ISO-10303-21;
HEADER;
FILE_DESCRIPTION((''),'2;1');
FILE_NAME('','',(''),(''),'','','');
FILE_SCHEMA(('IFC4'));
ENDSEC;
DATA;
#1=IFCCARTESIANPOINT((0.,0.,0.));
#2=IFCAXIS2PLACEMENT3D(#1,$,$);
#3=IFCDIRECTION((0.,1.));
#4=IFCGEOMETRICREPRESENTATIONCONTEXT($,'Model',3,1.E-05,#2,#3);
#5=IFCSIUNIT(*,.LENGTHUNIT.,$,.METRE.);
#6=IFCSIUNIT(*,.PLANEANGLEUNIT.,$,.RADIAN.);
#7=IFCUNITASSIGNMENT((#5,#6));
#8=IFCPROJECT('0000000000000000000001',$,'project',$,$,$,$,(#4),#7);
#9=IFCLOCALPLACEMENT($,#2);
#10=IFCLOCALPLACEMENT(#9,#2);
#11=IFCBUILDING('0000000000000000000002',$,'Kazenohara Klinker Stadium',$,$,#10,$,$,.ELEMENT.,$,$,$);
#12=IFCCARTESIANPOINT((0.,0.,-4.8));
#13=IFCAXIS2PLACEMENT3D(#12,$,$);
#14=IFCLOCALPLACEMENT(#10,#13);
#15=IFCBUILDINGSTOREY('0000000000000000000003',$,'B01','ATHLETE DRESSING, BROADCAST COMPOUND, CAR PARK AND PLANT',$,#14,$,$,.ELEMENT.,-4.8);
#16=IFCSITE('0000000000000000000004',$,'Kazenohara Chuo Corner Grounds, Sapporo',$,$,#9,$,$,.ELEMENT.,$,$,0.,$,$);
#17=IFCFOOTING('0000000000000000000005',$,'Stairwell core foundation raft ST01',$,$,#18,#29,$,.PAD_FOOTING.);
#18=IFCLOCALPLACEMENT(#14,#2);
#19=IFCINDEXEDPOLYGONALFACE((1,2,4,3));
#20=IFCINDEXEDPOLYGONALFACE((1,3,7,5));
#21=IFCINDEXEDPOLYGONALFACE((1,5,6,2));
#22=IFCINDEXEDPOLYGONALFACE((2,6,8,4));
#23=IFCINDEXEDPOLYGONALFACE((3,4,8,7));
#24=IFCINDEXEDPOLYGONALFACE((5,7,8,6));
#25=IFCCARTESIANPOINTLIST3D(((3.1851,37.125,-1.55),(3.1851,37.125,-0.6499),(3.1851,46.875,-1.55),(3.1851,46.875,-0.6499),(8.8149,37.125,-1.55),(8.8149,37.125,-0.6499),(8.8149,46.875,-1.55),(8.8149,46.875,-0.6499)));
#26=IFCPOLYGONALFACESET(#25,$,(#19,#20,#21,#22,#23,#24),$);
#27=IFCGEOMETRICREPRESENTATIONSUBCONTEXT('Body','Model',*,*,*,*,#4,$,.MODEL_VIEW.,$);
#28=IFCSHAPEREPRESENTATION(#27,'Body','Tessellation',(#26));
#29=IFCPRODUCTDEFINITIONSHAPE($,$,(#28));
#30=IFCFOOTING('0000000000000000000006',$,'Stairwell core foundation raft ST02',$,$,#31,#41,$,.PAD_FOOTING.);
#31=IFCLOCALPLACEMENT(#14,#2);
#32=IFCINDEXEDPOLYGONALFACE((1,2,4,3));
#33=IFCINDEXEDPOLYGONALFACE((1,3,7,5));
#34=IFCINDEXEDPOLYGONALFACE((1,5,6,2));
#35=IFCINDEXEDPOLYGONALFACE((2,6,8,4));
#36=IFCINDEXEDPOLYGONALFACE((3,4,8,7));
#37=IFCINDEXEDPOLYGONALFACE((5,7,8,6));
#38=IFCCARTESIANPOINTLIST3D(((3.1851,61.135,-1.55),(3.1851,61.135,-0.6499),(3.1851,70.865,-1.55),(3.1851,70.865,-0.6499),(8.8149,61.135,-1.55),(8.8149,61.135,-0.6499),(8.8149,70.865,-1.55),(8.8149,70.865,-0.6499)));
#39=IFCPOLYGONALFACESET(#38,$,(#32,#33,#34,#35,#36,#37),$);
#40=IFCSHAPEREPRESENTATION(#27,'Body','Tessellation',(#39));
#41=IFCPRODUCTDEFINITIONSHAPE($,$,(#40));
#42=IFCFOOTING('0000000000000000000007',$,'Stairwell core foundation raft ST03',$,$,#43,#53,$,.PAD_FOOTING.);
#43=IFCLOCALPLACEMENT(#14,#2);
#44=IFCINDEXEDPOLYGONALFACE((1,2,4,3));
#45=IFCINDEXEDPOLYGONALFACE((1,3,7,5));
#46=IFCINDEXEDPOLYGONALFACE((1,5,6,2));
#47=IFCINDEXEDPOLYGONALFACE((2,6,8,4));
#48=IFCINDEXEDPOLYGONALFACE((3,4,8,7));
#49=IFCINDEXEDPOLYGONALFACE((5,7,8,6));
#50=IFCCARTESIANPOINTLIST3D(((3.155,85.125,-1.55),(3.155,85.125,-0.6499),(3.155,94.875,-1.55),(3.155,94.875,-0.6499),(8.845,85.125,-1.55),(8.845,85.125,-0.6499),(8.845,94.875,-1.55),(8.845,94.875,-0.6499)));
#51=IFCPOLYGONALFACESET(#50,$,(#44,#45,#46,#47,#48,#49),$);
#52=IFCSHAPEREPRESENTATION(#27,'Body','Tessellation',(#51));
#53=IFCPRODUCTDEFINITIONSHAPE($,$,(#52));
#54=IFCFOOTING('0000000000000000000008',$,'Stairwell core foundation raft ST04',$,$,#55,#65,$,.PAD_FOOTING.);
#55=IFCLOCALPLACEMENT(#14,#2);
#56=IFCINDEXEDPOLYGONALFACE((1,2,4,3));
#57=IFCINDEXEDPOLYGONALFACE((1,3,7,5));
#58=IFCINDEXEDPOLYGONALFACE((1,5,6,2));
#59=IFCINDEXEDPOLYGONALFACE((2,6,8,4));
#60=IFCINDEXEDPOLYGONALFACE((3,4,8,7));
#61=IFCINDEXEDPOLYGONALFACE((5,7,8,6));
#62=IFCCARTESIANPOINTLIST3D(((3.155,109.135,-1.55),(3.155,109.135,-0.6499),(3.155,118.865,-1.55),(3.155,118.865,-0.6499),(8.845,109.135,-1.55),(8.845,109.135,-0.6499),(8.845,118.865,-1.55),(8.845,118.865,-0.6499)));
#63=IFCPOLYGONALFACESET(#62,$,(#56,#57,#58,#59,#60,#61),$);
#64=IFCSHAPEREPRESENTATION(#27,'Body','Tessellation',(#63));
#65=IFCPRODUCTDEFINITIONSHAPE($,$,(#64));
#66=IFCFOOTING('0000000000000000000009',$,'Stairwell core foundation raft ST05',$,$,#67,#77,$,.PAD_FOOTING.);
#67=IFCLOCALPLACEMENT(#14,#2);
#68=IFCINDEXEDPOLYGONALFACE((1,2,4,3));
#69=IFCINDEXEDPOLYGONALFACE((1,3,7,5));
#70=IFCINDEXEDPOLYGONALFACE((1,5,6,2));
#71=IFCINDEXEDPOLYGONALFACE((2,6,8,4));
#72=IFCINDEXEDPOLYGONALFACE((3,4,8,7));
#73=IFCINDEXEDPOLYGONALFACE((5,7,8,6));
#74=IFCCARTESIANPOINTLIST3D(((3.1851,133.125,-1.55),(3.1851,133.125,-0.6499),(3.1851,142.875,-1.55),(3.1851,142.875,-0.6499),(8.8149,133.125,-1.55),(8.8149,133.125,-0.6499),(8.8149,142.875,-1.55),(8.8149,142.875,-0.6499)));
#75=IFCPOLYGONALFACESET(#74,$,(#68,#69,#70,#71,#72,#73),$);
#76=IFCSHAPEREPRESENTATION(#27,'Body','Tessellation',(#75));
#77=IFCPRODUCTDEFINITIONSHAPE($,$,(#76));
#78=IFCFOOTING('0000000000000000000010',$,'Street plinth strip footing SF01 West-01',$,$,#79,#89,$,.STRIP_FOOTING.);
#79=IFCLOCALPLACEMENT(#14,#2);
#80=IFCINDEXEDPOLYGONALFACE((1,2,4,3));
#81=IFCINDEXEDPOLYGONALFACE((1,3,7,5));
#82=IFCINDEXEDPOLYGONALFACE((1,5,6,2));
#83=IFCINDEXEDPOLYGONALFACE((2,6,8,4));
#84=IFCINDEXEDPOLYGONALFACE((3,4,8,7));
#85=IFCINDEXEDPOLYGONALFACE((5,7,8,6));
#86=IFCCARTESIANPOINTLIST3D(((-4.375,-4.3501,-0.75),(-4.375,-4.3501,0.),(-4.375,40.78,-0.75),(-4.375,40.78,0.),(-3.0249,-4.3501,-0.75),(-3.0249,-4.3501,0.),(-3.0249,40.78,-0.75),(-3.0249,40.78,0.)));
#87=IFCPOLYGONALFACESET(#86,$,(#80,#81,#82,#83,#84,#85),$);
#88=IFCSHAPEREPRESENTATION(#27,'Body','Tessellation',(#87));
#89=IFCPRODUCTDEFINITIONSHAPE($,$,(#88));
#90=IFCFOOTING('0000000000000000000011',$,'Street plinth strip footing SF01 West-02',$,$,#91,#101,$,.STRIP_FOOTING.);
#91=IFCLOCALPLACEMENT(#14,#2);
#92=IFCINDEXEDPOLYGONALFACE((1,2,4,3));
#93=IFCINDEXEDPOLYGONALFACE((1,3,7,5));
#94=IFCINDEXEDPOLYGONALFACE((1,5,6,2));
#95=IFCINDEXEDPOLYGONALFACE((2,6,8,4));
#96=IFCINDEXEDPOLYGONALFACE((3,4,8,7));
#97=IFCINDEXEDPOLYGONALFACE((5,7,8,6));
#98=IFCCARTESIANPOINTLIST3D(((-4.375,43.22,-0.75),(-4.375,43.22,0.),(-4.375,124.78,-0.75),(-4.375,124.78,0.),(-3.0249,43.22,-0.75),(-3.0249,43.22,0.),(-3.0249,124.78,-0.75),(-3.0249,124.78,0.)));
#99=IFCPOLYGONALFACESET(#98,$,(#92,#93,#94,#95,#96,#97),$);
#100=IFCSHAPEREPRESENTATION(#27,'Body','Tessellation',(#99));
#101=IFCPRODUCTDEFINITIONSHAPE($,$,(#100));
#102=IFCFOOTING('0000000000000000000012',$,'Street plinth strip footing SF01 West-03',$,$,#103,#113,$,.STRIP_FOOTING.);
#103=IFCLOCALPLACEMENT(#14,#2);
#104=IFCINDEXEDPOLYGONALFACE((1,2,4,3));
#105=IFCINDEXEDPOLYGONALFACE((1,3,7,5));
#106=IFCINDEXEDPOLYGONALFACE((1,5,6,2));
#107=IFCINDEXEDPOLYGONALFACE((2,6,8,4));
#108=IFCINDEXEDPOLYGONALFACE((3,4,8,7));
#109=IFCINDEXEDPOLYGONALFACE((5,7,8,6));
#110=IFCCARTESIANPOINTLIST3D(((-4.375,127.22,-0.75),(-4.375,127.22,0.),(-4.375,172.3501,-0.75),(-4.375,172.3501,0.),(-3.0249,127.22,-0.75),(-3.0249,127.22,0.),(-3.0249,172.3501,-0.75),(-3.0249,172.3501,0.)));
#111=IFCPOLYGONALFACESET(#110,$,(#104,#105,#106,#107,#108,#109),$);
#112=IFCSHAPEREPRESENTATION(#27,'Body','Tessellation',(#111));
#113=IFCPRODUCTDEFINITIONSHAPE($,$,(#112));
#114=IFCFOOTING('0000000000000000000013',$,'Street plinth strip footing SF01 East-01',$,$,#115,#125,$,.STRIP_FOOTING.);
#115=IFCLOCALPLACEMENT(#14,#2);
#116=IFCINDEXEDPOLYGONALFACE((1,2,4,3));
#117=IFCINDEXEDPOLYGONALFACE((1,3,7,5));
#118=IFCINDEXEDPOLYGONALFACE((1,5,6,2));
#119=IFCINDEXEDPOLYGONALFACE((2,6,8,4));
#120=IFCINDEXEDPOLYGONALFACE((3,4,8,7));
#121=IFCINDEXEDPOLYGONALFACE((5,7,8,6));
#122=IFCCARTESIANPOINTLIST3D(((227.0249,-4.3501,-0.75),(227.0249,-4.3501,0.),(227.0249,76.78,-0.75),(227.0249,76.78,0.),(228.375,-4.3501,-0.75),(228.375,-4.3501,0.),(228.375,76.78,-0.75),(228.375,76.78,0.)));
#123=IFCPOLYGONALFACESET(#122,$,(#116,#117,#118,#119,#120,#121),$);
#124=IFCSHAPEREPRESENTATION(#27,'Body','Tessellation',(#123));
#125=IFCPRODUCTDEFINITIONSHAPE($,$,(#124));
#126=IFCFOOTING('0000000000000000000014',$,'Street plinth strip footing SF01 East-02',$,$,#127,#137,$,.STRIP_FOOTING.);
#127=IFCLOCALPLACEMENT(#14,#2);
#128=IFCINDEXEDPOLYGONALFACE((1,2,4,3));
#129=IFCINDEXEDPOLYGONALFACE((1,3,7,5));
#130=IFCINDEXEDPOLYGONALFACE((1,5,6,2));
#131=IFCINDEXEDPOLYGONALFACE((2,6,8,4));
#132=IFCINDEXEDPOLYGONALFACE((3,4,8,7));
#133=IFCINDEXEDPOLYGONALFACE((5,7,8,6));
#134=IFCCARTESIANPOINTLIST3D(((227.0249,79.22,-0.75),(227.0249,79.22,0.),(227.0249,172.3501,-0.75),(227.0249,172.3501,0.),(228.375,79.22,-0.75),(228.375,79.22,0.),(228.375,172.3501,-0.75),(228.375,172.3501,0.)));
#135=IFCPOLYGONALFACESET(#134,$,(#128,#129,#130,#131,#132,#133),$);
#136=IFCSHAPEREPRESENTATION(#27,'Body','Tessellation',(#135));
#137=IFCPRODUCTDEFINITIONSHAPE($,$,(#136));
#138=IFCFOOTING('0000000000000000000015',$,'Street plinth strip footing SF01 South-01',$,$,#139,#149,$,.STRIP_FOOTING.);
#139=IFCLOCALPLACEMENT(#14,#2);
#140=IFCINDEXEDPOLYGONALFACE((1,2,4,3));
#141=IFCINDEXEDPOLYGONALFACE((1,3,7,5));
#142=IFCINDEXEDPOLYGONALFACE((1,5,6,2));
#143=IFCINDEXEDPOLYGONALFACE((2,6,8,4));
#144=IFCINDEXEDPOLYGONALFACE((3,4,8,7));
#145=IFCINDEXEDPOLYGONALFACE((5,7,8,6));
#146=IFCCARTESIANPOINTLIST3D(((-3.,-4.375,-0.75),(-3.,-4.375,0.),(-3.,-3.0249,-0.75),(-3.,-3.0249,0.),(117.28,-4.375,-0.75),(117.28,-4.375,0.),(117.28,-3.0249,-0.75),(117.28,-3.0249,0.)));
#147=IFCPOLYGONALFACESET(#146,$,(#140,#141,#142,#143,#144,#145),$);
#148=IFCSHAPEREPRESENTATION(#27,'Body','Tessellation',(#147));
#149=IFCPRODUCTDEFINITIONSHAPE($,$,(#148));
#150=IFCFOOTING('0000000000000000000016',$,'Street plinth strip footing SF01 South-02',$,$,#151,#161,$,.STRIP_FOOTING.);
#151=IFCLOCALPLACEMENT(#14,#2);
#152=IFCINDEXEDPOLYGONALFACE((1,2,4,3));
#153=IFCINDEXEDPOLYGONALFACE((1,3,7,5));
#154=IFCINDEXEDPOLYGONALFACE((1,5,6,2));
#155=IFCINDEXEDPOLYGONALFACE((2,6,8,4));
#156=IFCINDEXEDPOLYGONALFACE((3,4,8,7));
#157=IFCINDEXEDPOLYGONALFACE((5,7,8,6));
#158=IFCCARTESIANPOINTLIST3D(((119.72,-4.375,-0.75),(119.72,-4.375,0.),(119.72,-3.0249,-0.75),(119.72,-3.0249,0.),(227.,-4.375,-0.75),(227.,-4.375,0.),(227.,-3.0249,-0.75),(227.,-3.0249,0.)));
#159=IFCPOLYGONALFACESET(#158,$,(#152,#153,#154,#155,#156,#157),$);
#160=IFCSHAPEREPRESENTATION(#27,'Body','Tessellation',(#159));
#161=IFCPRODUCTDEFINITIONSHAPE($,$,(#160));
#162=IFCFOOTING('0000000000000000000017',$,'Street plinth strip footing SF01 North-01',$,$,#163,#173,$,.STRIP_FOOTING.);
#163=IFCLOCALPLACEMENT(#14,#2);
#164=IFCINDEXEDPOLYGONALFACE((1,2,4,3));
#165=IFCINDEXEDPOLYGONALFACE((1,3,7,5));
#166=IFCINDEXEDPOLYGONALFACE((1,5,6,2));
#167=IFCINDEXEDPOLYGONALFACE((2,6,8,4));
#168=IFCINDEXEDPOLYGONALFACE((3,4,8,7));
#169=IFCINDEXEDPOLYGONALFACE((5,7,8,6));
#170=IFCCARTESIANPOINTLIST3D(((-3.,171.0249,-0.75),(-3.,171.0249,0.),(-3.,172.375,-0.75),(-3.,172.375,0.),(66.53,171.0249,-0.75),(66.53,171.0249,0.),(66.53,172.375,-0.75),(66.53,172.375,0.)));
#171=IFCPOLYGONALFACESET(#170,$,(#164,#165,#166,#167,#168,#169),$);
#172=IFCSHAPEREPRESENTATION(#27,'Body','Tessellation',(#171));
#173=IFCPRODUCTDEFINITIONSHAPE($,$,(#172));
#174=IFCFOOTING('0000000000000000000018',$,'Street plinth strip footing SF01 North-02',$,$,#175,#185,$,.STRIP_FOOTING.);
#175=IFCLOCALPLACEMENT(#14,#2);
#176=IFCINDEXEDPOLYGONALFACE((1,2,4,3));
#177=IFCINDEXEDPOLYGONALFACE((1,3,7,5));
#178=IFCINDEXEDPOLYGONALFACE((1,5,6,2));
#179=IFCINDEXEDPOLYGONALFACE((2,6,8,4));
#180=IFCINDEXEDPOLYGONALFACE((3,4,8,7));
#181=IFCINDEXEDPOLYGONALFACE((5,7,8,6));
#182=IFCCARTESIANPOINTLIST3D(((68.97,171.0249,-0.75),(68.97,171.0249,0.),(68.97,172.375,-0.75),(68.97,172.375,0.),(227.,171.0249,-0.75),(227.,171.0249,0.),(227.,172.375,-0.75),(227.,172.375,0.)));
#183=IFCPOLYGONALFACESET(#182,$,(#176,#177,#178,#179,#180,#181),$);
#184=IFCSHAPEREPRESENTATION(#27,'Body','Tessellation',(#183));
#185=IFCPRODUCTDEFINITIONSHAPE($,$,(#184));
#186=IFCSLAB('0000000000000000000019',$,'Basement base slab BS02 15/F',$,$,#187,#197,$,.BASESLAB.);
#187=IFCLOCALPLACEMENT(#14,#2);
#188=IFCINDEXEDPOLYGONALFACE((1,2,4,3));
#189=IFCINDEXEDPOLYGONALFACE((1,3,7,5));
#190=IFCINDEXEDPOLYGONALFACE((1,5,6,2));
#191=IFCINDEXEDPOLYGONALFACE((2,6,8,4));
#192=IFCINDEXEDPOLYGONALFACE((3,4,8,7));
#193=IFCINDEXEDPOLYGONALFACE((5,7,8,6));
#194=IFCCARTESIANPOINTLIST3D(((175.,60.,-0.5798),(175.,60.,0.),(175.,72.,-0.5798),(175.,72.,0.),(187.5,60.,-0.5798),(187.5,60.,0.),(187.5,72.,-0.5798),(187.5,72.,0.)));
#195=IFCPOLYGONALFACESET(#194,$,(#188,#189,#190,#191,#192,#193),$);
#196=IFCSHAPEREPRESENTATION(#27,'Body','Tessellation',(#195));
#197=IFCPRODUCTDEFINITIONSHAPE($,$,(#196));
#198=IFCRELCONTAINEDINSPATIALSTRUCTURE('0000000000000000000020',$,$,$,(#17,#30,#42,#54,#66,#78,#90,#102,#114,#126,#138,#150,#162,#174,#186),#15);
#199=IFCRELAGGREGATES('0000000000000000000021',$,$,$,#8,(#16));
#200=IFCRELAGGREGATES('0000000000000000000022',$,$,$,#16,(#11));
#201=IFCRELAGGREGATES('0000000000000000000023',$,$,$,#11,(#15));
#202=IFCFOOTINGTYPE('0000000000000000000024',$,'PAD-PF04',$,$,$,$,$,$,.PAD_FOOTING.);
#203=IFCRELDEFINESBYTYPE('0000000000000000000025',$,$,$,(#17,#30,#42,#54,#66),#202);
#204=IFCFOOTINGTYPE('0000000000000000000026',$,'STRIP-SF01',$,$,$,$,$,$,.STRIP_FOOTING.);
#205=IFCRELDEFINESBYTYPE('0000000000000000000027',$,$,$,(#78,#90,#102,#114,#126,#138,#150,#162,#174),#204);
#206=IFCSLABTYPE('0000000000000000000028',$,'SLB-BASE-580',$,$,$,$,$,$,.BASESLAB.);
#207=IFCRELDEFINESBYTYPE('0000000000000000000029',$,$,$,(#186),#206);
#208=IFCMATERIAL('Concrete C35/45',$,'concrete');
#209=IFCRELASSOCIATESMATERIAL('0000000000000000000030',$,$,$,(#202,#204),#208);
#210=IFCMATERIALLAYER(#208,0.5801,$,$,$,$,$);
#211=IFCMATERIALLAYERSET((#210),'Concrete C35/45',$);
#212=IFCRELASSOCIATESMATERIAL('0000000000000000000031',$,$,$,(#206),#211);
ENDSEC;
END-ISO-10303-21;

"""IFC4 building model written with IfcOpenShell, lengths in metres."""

from ifc_helpers import new_model, si_unit, direction, frame, origin, place, context, subcontext, project, spatial, polyline, outline, extrude, material, layer, layer_set, type_object, element, save


model = new_model("IFC4")

# Units and contexts
model_context = context("Model", 3, precision=1e-05, world=origin(), true_north=direction((0.0, 1.0)))
body_context = subcontext(model_context, "Body", "Model", "MODEL_VIEW")
ifc_project = project(units=[si_unit("LENGTHUNIT", "METRE"), si_unit("PLANEANGLEUNIT", "RADIAN")], contexts=[model_context])

# Site, building, storey
site_placement = place(None, origin())
site = spatial("IfcSite", under=ifc_project, at=site_placement, Name="Kazenohara Chuo Corner Grounds, Sapporo", CompositionType="ELEMENT", RefElevation=0.0)
building_placement = place(site_placement, origin())
building = spatial("IfcBuilding", under=site, at=building_placement, Name="Kazenohara Klinker Stadium", CompositionType="ELEMENT")
storey_placement = place(building_placement, frame((0.0, 0.0, -4.8)))
storey = spatial("IfcBuildingStorey", under=building, at=storey_placement, Name="B01", Description="ATHLETE DRESSING, BROADCAST COMPOUND, CAR PARK AND PLANT", CompositionType="ELEMENT", Elevation=-4.8)

# Footings
ifc_material_1 = material(Name="Concrete C35/45", Category="concrete")
footing_type_1 = type_object("IfcFootingType", Name="PAD-PF04", PredefinedType="PAD_FOOTING", material=ifc_material_1)
footing_1_placement = place(storey_placement, frame((0.0, 0.0, -1.55)))
element("IfcFooting", 1, at=footing_1_placement, inside=storey, type_object=footing_type_1, Name="Stairwell core foundation raft ST01", PredefinedType="PAD_FOOTING", context=body_context, shape_type="SweptSolid", body=[
    extrude(outline(polyline([(3.1851, 37.125), (8.8149, 37.125), (8.8149, 46.875), (3.1851, 46.875), (3.1851, 37.125)])), origin(), (0.0, 0.0, 1.0), 0.9001),
])
footing_2_placement = place(storey_placement, frame((0.0, 0.0, -1.55)))
element("IfcFooting", 2, at=footing_2_placement, inside=storey, type_object=footing_type_1, Name="Stairwell core foundation raft ST02", PredefinedType="PAD_FOOTING", context=body_context, shape_type="SweptSolid", body=[
    extrude(outline(polyline([(3.1851, 61.135), (8.8149, 61.135), (8.8149, 70.865), (3.1851, 70.865), (3.1851, 61.135)])), origin(), (0.0, 0.0, 1.0), 0.9001),
])
footing_3_placement = place(storey_placement, frame((0.0, 0.0, -1.55)))
element("IfcFooting", 3, at=footing_3_placement, inside=storey, type_object=footing_type_1, Name="Stairwell core foundation raft ST03", PredefinedType="PAD_FOOTING", context=body_context, shape_type="SweptSolid", body=[
    extrude(outline(polyline([(3.155, 85.125), (8.845, 85.125), (8.845, 94.875), (3.155, 94.875), (3.155, 85.125)])), origin(), (0.0, 0.0, 1.0), 0.9001),
])
footing_4_placement = place(storey_placement, frame((0.0, 0.0, -1.55)))
element("IfcFooting", 4, at=footing_4_placement, inside=storey, type_object=footing_type_1, Name="Stairwell core foundation raft ST04", PredefinedType="PAD_FOOTING", context=body_context, shape_type="SweptSolid", body=[
    extrude(outline(polyline([(3.155, 109.135), (8.845, 109.135), (8.845, 118.865), (3.155, 118.865), (3.155, 109.135)])), origin(), (0.0, 0.0, 1.0), 0.9001),
])
footing_5_placement = place(storey_placement, frame((0.0, 0.0, -1.55)))
element("IfcFooting", 5, at=footing_5_placement, inside=storey, type_object=footing_type_1, Name="Stairwell core foundation raft ST05", PredefinedType="PAD_FOOTING", context=body_context, shape_type="SweptSolid", body=[
    extrude(outline(polyline([(3.1851, 133.125), (8.8149, 133.125), (8.8149, 142.875), (3.1851, 142.875), (3.1851, 133.125)])), origin(), (0.0, 0.0, 1.0), 0.9001),
])
footing_type_2 = type_object("IfcFootingType", Name="STRIP-SF01", PredefinedType="STRIP_FOOTING", material=ifc_material_1)
footing_6_placement = place(storey_placement, frame((0.0, 0.0, -0.75)))
element("IfcFooting", 6, at=footing_6_placement, inside=storey, type_object=footing_type_2, Name="Street plinth strip footing SF01 West-01", PredefinedType="STRIP_FOOTING", context=body_context, shape_type="SweptSolid", body=[
    extrude(outline(polyline([(-4.375, -4.3501), (-3.0249, -4.3501), (-3.0249, 40.78), (-4.375, 40.78), (-4.375, -4.3501)])), origin(), (0.0, 0.0, 1.0), 0.75),
])
footing_7_placement = place(storey_placement, frame((0.0, 0.0, -0.75)))
element("IfcFooting", 7, at=footing_7_placement, inside=storey, type_object=footing_type_2, Name="Street plinth strip footing SF01 West-02", PredefinedType="STRIP_FOOTING", context=body_context, shape_type="SweptSolid", body=[
    extrude(outline(polyline([(-4.375, 43.22), (-3.0249, 43.22), (-3.0249, 124.78), (-4.375, 124.78), (-4.375, 43.22)])), origin(), (0.0, 0.0, 1.0), 0.75),
])
footing_8_placement = place(storey_placement, frame((0.0, 0.0, -0.75)))
element("IfcFooting", 8, at=footing_8_placement, inside=storey, type_object=footing_type_2, Name="Street plinth strip footing SF01 West-03", PredefinedType="STRIP_FOOTING", context=body_context, shape_type="SweptSolid", body=[
    extrude(outline(polyline([(-4.375, 127.22), (-3.0249, 127.22), (-3.0249, 172.3501), (-4.375, 172.3501), (-4.375, 127.22)])), origin(), (0.0, 0.0, 1.0), 0.75),
])
footing_9_placement = place(storey_placement, frame((0.0, 0.0, -0.75)))
element("IfcFooting", 9, at=footing_9_placement, inside=storey, type_object=footing_type_2, Name="Street plinth strip footing SF01 East-01", PredefinedType="STRIP_FOOTING", context=body_context, shape_type="SweptSolid", body=[
    extrude(outline(polyline([(227.0249, -4.3501), (228.375, -4.3501), (228.375, 76.78), (227.0249, 76.78), (227.0249, -4.3501)])), origin(), (0.0, 0.0, 1.0), 0.75),
])
footing_10_placement = place(storey_placement, frame((0.0, 0.0, -0.75)))
element("IfcFooting", 10, at=footing_10_placement, inside=storey, type_object=footing_type_2, Name="Street plinth strip footing SF01 East-02", PredefinedType="STRIP_FOOTING", context=body_context, shape_type="SweptSolid", body=[
    extrude(outline(polyline([(227.0249, 79.22), (228.375, 79.22), (228.375, 172.3501), (227.0249, 172.3501), (227.0249, 79.22)])), origin(), (0.0, 0.0, 1.0), 0.75),
])
footing_11_placement = place(storey_placement, frame((0.0, 0.0, -0.75)))
element("IfcFooting", 11, at=footing_11_placement, inside=storey, type_object=footing_type_2, Name="Street plinth strip footing SF01 South-01", PredefinedType="STRIP_FOOTING", context=body_context, shape_type="SweptSolid", body=[
    extrude(outline(polyline([(-3.0, -4.375), (117.28, -4.375), (117.28, -3.0249), (-3.0, -3.0249), (-3.0, -4.375)])), origin(), (0.0, 0.0, 1.0), 0.75),
])
footing_12_placement = place(storey_placement, frame((0.0, 0.0, -0.75)))
element("IfcFooting", 12, at=footing_12_placement, inside=storey, type_object=footing_type_2, Name="Street plinth strip footing SF01 South-02", PredefinedType="STRIP_FOOTING", context=body_context, shape_type="SweptSolid", body=[
    extrude(outline(polyline([(119.72, -4.375), (227.0, -4.375), (227.0, -3.0249), (119.72, -3.0249), (119.72, -4.375)])), origin(), (0.0, 0.0, 1.0), 0.75),
])
footing_13_placement = place(storey_placement, frame((0.0, 0.0, -0.75)))
element("IfcFooting", 13, at=footing_13_placement, inside=storey, type_object=footing_type_2, Name="Street plinth strip footing SF01 North-01", PredefinedType="STRIP_FOOTING", context=body_context, shape_type="SweptSolid", body=[
    extrude(outline(polyline([(-3.0, 171.0249), (66.53, 171.0249), (66.53, 172.375), (-3.0, 172.375), (-3.0, 171.0249)])), origin(), (0.0, 0.0, 1.0), 0.75),
])
footing_14_placement = place(storey_placement, frame((0.0, 0.0, -0.75)))
element("IfcFooting", 14, at=footing_14_placement, inside=storey, type_object=footing_type_2, Name="Street plinth strip footing SF01 North-02", PredefinedType="STRIP_FOOTING", context=body_context, shape_type="SweptSolid", body=[
    extrude(outline(polyline([(68.97, 171.0249), (227.0, 171.0249), (227.0, 172.375), (68.97, 172.375), (68.97, 171.0249)])), origin(), (0.0, 0.0, 1.0), 0.75),
])

# Slab
ifc_layer_1 = layer(ifc_material_1, 0.5801)
ifc_layer_set_1 = layer_set([ifc_layer_1], Name="Concrete C35/45")
slab_type_1 = type_object("IfcSlabType", Name="SLB-BASE-580", PredefinedType="BASESLAB", material=ifc_layer_set_1)
slab_1_placement = place(storey_placement, frame((0.0, 0.0, -0.5798)))
element("IfcSlab", 15, at=slab_1_placement, inside=storey, type_object=slab_type_1, Name="Basement base slab BS02 15/F", PredefinedType="BASESLAB", context=body_context, shape_type="SweptSolid", body=[
    extrude(outline(polyline([(175.0, 60.0), (187.5, 60.0), (187.5, 72.0), (175.0, 72.0), (175.0, 60.0)])), origin(), (0.0, 0.0, 1.0), 0.5798),
])

save(model, "model.ifc")
